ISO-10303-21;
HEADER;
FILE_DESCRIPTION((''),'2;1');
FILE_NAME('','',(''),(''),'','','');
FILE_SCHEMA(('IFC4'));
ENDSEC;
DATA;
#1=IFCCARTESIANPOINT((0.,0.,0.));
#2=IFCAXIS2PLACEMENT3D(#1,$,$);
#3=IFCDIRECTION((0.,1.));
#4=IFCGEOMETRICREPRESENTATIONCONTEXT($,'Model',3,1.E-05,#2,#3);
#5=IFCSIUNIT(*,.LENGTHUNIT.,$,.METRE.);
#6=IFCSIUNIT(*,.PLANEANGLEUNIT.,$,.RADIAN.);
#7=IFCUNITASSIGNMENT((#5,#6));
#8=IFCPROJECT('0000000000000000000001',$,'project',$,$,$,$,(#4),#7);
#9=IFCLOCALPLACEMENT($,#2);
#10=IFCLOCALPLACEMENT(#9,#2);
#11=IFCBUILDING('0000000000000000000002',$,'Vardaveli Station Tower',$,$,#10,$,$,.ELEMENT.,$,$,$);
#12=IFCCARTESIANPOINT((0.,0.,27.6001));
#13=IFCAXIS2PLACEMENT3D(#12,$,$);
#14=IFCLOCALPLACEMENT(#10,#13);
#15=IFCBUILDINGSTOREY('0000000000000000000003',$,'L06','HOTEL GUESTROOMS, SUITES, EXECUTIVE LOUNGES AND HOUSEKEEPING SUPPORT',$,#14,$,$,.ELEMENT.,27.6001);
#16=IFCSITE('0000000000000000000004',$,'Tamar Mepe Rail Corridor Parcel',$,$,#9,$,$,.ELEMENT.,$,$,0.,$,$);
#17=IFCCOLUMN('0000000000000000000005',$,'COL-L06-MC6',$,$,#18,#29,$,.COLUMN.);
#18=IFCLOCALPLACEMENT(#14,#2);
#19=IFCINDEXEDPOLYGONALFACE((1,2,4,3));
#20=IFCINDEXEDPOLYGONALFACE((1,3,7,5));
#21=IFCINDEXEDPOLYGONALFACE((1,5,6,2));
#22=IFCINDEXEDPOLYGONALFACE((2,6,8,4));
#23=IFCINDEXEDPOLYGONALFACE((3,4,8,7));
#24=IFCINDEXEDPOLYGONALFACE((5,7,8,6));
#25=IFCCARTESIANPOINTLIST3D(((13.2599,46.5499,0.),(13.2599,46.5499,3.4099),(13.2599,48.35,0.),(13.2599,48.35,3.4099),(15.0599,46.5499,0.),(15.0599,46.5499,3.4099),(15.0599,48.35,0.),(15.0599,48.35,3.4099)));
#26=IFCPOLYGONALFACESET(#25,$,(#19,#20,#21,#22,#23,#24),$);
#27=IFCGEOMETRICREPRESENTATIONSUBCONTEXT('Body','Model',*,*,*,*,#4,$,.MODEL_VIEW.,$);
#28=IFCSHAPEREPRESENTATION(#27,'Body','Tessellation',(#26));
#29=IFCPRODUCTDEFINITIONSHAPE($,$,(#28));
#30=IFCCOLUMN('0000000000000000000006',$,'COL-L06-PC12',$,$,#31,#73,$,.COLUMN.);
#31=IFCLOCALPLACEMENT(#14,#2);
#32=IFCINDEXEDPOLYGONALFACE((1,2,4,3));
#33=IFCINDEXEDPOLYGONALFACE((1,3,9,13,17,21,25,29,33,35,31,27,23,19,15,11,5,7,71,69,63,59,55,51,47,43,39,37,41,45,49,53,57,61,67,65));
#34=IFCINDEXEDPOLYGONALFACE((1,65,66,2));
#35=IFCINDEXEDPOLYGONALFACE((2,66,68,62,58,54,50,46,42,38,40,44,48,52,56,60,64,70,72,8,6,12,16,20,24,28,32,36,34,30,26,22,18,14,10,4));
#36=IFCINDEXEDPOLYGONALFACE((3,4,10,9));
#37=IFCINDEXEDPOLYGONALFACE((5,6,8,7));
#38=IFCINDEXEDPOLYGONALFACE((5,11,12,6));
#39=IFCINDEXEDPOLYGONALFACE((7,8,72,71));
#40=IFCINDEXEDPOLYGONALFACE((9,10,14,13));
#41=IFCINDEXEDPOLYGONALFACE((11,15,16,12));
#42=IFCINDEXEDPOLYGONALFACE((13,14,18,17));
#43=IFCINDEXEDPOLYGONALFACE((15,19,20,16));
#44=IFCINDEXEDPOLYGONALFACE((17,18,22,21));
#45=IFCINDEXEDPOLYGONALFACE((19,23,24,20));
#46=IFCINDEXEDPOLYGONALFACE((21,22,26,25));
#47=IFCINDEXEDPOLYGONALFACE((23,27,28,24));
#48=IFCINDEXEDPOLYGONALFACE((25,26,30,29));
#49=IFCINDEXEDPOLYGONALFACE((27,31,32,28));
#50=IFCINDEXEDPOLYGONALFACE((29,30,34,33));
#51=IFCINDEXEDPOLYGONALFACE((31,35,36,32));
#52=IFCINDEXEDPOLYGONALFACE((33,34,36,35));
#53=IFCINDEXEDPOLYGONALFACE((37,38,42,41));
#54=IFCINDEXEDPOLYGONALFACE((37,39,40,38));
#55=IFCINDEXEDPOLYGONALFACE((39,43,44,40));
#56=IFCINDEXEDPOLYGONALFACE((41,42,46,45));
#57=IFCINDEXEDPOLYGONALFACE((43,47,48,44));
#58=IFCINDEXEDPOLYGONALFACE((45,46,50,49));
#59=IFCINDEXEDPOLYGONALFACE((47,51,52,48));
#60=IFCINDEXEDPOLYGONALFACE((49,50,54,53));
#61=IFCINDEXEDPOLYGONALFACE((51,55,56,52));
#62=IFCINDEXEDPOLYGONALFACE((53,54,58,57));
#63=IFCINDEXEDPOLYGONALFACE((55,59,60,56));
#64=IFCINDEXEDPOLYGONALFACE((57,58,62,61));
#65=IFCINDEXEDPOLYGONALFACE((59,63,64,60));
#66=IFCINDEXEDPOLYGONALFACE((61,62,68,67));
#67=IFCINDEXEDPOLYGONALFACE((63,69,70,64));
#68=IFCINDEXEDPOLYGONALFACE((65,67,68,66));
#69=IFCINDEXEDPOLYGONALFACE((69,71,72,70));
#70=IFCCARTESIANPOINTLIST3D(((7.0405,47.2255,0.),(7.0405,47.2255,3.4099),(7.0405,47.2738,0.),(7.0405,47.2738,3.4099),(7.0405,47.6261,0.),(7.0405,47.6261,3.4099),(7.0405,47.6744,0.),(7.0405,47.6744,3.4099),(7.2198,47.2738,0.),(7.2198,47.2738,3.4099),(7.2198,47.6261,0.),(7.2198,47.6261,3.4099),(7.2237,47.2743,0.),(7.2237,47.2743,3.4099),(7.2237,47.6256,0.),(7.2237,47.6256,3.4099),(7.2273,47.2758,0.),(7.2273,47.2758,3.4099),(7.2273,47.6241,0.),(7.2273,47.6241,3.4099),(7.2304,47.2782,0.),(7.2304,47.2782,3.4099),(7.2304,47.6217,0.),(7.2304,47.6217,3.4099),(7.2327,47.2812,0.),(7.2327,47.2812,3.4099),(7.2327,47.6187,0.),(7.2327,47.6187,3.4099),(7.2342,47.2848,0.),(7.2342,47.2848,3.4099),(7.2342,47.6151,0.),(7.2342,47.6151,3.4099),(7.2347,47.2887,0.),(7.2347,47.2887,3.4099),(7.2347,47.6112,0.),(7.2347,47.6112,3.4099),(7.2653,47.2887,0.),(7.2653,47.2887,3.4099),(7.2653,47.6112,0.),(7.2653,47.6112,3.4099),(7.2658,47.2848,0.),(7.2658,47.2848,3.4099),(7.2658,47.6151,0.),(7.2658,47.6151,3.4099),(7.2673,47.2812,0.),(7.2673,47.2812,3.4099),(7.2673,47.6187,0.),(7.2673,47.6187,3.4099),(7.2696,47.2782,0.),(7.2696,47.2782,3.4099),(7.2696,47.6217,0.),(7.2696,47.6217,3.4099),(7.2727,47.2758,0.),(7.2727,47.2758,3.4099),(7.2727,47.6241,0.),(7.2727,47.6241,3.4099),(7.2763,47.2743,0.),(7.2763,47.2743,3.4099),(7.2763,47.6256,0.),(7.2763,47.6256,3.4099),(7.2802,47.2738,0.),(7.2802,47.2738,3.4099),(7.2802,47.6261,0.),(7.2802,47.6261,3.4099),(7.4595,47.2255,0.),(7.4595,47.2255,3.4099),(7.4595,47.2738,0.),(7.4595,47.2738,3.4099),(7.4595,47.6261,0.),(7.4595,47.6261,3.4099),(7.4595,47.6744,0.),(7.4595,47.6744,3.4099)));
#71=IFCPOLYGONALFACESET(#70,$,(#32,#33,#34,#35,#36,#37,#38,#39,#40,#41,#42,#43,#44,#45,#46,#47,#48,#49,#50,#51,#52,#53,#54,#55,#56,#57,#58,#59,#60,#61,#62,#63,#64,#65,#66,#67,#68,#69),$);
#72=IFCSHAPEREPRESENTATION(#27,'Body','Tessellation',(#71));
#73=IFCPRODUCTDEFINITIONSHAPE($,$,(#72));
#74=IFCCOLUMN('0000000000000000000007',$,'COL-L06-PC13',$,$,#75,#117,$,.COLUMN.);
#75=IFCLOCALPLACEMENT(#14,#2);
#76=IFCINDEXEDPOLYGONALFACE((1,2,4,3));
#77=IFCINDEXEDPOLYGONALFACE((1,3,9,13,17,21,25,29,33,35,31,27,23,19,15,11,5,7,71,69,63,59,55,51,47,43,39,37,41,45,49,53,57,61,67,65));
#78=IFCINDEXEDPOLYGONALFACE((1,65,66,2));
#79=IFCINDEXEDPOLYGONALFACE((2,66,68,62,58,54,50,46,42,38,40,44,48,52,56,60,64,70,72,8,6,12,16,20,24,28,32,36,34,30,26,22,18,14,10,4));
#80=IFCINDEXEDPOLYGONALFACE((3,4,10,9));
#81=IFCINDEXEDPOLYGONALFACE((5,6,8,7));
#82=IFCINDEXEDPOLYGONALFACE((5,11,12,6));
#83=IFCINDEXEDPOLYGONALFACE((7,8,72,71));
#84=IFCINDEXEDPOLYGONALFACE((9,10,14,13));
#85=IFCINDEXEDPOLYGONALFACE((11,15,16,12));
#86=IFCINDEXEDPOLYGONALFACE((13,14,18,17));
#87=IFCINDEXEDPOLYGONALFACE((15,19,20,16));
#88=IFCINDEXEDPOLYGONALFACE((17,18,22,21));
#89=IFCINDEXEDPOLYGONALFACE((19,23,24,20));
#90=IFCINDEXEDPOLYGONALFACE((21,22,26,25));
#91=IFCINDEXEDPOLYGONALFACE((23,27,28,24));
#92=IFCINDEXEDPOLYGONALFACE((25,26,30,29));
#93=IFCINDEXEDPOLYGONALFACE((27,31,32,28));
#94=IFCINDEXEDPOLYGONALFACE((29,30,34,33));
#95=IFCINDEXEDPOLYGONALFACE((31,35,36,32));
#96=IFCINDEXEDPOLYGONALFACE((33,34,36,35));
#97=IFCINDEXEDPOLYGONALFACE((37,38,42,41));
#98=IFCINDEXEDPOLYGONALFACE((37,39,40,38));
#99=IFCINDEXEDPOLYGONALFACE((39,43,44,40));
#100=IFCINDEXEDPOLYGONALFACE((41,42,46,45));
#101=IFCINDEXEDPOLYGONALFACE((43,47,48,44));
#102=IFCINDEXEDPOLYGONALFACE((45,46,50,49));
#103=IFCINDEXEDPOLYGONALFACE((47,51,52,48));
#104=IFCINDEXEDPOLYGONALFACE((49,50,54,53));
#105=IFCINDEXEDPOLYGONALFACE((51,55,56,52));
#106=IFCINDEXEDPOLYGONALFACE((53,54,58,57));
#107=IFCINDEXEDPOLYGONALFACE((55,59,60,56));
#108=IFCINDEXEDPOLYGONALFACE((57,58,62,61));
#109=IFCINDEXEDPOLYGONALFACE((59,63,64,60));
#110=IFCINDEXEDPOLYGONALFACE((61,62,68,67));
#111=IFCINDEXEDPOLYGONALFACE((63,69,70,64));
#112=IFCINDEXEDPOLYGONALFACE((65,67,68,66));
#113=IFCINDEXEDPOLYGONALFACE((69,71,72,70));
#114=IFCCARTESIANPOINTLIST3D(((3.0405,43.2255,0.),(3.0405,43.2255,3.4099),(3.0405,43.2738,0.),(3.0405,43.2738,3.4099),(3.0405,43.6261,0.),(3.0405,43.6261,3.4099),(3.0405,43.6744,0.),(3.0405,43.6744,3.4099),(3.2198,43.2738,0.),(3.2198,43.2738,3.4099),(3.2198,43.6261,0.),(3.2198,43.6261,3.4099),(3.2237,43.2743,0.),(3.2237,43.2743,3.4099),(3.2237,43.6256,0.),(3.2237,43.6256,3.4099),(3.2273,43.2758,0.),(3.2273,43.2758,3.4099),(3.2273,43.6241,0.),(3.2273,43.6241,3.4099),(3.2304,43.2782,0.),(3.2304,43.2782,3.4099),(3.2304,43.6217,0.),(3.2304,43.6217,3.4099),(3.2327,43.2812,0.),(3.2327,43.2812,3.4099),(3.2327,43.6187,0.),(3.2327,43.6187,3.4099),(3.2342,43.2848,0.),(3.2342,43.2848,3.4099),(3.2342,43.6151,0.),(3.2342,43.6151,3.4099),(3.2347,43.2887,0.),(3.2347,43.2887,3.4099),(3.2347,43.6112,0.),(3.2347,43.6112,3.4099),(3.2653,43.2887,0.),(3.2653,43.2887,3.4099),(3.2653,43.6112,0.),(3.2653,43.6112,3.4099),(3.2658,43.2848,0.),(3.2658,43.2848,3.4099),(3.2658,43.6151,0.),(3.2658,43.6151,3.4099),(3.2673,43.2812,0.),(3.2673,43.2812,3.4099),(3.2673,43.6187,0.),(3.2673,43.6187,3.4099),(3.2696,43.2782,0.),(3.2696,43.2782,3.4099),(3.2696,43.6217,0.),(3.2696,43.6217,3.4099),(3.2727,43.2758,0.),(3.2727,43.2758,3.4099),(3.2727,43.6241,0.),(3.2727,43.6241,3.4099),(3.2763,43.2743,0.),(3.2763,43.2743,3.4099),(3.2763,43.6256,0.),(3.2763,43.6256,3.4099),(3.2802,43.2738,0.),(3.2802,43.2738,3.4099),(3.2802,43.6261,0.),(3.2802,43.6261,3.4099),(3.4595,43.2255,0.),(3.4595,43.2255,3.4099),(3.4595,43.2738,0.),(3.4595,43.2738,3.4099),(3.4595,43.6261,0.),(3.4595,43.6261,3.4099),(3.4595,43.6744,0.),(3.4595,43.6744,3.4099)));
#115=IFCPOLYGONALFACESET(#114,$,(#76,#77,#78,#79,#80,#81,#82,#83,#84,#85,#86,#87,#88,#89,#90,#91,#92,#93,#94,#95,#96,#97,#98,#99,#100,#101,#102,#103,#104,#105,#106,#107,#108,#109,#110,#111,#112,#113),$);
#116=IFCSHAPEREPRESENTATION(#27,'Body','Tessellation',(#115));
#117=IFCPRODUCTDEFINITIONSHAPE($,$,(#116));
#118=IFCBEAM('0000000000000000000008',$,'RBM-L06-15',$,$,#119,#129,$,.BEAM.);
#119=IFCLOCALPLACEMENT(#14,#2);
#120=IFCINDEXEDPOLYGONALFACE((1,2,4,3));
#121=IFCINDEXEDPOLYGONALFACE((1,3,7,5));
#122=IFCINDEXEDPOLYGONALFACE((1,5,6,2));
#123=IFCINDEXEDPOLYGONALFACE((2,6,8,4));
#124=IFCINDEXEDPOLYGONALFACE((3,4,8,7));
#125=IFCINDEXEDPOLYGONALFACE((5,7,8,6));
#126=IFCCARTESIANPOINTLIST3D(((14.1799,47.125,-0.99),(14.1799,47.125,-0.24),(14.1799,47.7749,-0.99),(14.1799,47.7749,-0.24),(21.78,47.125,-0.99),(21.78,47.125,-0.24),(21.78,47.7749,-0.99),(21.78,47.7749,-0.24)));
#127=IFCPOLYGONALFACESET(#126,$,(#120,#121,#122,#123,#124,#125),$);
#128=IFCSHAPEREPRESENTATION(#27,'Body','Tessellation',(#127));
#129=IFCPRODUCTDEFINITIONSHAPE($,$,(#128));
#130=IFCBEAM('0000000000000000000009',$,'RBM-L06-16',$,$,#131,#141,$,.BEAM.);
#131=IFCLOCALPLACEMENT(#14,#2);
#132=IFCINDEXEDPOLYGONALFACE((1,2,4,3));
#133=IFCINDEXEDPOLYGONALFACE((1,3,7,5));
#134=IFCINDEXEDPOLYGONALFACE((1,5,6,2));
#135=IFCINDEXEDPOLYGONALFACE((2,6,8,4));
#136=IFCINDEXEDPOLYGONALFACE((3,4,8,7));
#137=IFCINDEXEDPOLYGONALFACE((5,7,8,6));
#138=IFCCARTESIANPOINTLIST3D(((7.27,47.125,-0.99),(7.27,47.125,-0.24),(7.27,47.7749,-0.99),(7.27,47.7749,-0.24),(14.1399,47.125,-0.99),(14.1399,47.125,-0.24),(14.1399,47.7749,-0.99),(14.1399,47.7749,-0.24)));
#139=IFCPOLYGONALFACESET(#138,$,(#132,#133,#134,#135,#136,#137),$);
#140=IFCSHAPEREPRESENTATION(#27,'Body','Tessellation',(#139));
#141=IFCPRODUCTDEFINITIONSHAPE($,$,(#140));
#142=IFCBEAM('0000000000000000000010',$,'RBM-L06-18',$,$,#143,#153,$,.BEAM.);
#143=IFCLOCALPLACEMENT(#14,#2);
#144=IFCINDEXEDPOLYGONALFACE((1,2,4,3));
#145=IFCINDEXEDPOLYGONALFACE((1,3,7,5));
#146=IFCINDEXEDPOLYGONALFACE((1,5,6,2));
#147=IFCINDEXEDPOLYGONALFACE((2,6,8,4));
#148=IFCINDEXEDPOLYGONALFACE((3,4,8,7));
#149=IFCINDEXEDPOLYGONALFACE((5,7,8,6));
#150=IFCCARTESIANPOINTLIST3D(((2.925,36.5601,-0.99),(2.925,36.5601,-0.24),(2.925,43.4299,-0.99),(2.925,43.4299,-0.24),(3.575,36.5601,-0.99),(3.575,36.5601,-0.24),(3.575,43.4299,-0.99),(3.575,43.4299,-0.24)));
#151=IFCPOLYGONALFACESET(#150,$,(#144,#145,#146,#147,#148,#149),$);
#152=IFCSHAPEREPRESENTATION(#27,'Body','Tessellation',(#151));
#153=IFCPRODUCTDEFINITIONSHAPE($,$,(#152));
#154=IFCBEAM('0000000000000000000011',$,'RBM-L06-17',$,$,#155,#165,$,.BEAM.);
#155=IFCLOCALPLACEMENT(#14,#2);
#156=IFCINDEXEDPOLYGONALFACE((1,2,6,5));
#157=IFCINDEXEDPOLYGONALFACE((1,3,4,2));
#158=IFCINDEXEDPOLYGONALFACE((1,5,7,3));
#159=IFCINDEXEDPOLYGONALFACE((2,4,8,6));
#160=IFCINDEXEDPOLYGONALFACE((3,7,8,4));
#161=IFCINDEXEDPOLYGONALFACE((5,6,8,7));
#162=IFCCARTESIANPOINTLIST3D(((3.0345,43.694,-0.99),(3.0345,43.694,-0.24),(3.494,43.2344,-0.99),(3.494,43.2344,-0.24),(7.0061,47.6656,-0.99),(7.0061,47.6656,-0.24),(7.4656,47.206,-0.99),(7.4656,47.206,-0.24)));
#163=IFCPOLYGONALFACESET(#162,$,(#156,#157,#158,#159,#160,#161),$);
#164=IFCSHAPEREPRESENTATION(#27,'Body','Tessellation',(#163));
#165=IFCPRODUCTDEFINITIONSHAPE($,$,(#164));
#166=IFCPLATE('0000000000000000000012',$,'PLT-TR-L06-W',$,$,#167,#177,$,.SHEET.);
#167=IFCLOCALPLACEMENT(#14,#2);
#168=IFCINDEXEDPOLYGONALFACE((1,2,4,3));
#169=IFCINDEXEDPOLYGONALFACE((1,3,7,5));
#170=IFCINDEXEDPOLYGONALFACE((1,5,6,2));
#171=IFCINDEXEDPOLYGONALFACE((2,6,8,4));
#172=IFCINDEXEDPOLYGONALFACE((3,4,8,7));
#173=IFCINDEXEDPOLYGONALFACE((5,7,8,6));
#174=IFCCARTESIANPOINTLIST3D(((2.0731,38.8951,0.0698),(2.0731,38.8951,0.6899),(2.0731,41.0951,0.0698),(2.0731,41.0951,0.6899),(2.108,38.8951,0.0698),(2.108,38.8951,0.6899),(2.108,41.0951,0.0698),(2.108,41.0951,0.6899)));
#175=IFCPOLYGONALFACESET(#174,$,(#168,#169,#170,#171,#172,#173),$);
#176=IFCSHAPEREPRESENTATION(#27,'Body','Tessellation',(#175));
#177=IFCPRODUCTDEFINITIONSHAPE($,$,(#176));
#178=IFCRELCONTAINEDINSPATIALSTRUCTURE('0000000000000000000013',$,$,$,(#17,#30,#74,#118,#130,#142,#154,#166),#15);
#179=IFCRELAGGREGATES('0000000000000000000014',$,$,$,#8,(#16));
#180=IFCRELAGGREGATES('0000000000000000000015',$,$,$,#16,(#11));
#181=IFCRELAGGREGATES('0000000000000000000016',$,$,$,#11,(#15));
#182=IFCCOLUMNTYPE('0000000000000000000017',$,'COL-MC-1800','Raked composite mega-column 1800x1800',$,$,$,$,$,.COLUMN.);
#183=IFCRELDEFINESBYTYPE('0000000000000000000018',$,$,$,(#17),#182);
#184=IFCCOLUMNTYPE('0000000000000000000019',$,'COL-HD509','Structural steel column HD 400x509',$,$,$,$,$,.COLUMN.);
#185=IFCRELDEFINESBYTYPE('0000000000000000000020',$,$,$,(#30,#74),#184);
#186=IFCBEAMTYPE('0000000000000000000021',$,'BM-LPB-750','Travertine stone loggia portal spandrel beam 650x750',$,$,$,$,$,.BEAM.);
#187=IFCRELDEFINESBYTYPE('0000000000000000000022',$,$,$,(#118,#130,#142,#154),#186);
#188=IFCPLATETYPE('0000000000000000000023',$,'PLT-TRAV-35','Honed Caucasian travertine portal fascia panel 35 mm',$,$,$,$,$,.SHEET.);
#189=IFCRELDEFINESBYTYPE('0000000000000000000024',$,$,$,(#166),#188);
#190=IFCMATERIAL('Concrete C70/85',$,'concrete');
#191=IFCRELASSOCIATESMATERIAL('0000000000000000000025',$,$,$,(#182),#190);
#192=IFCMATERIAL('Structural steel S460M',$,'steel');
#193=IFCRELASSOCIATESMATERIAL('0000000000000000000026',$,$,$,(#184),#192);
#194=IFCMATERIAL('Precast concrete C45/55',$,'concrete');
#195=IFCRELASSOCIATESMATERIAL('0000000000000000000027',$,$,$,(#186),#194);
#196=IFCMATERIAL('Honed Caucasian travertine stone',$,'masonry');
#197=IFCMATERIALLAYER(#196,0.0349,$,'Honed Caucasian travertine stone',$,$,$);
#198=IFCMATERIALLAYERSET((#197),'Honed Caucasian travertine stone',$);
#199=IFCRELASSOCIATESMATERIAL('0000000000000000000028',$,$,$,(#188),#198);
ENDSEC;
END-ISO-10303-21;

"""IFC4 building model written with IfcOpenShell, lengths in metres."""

from ifc_helpers import new_model, si_unit, direction, frame, origin, origin_2d, place, context, subcontext, project, spatial, rectangle, i_section, extrude, source, transform, mapped, material, layer, layer_set, material_profile, profile_set, type_object, element, save


model = new_model("IFC4")

# Units and contexts
model_context = context("Model", 3, precision=1e-05, world=origin(), true_north=direction((0.0, 1.0)))
body_context = subcontext(model_context, "Body", "Model", "MODEL_VIEW")
ifc_project = project(units=[si_unit("LENGTHUNIT", "METRE"), si_unit("PLANEANGLEUNIT", "RADIAN")], contexts=[model_context])

# Site, building, storey
site_placement = place(None, origin())
site = spatial("IfcSite", under=ifc_project, at=site_placement, Name="Tamar Mepe Rail Corridor Parcel", CompositionType="ELEMENT", RefElevation=0.0)
building_placement = place(site_placement, origin())
building = spatial("IfcBuilding", under=site, at=building_placement, Name="Vardaveli Station Tower", CompositionType="ELEMENT")
storey_placement = place(building_placement, frame((0.0, 0.0, 27.6001)))
storey = spatial("IfcBuildingStorey", under=building, at=storey_placement, Name="L06", Description="HOTEL GUESTROOMS, SUITES, EXECUTIVE LOUNGES AND HOUSEKEEPING SUPPORT", CompositionType="ELEMENT", Elevation=27.6001)

# Columns
ifc_material_1 = material(Name="Concrete C70/85", Category="concrete")
ifc_material_profile_1 = material_profile(ifc_material_1, rectangle(XDim=1.8, YDim=1.8, at=origin_2d()), Name="MC 1800x1800")
ifc_profile_set_1 = profile_set([ifc_material_profile_1], Name="Concrete C70/85")
column_type_1 = type_object("IfcColumnType", Name="COL-MC-1800", Description="Raked composite mega-column 1800x1800", PredefinedType="COLUMN", material=ifc_profile_set_1)
shared_shape_1 = source(origin(), body_context, "Body", "SweptSolid", [
    extrude(rectangle(XDim=1.8, YDim=1.8, at=origin_2d()), origin(), (0.0, 0.0, 1.0), 3.4099),
])
column_placement = place(storey_placement, frame((14.1599, 47.45, 0.0), z_axis=(0.0, 0.0, 1.0), x_axis=(1.0, 0.0, 0.0)))
element("IfcColumn", 1, at=column_placement, inside=storey, type_object=column_type_1, Name="COL-L06-MC6", PredefinedType="COLUMN", context=body_context, shape_type="MappedRepresentation", body=[
    mapped(shared_shape_1, transform((0.0, 0.0, 0.0), scale=1.0)),
])
ifc_material_2 = material(Name="Structural steel S460M", Category="steel")
ifc_material_profile_2 = material_profile(ifc_material_2, i_section(OverallWidth=0.4189, OverallDepth=0.449, WebThickness=0.0305, FlangeThickness=0.0483, FilletRadius=0.0149, at=origin_2d()), Name="HD 400x509")
ifc_profile_set_2 = profile_set([ifc_material_profile_2], Name="Structural steel S460M")
column_type_2 = type_object("IfcColumnType", Name="COL-HD509", Description="Structural steel column HD 400x509", PredefinedType="COLUMN", material=ifc_profile_set_2)
shared_shape_2 = source(origin(), body_context, "Body", "SweptSolid", [
    extrude(i_section(OverallWidth=0.4189, OverallDepth=0.449, WebThickness=0.0305, FlangeThickness=0.0483, FilletRadius=0.0149, at=origin_2d()), origin(), (0.0, 0.0, 1.0), 3.4099),
])
for number, where, z_axis, x_axis, name in (
    (2, (7.25, 47.45, 0.0), (0.0, 0.0, 1.0), (1.0, 0.0, 0.0), "COL-L06-PC12"),
    (3, (3.25, 43.45, 0.0), (0.0, 0.0, 1.0), (1.0, 0.0, 0.0), "COL-L06-PC13"),
):
    element("IfcColumn", number, at=place(storey_placement, frame(where, z_axis=z_axis, x_axis=x_axis)), inside=storey, type_object=column_type_2, Name=name, PredefinedType="COLUMN", context=body_context, shape_type="MappedRepresentation", body=[
        mapped(shared_shape_2, transform((0.0, 0.0, 0.0), scale=1.0)),
    ])

# Beams
ifc_material_3 = material(Name="Precast concrete C45/55", Category="concrete")
ifc_material_profile_3 = material_profile(ifc_material_3, rectangle(XDim=0.6499, YDim=0.75, at=origin_2d()), Name="LPB 650x750")
ifc_profile_set_3 = profile_set([ifc_material_profile_3], Name="Precast concrete C45/55")
beam_type = type_object("IfcBeamType", Name="BM-LPB-750", Description="Travertine stone loggia portal spandrel beam 650x750", PredefinedType="BEAM", material=ifc_profile_set_3)
shared_shape_3 = source(origin(), body_context, "Body", "SweptSolid", [
    extrude(rectangle(XDim=0.6499, YDim=0.75, at=origin_2d()), origin(), (0.0, 0.0, 1.0), 7.6001),
])
beam_1_placement = place(storey_placement, frame((21.78, 47.45, -0.615), z_axis=(-1.0, 0.0, 0.0), x_axis=(0.0, -1.0, 0.0)))
element("IfcBeam", 4, at=beam_1_placement, inside=storey, type_object=beam_type, Name="RBM-L06-15", PredefinedType="BEAM", context=body_context, shape_type="MappedRepresentation", body=[
    mapped(shared_shape_3, transform((0.0, 0.0, 0.0), scale=1.0)),
])
shared_shape_4 = source(origin(), body_context, "Body", "SweptSolid", [
    extrude(rectangle(XDim=0.6499, YDim=0.75, at=origin_2d()), origin(), (0.0, 0.0, 1.0), 6.8699),
])
for number, where, z_axis, x_axis, name in (
    (5, (14.1399, 47.45, -0.615), (-1.0, 0.0, 0.0), (0.0, -1.0, 0.0), "RBM-L06-16"),
    (6, (3.25, 43.4299, -0.615), (0.0, -1.0, 0.0), (1.0, 0.0, 0.0), "RBM-L06-18"),
):
    element("IfcBeam", number, at=place(storey_placement, frame(where, z_axis=z_axis, x_axis=x_axis)), inside=storey, type_object=beam_type, Name=name, PredefinedType="BEAM", context=body_context, shape_type="MappedRepresentation", body=[
        mapped(shared_shape_4, transform((0.0, 0.0, 0.0), scale=1.0)),
    ])
shared_shape_5 = source(origin(), body_context, "Body", "SweptSolid", [
    extrude(rectangle(XDim=0.6499, YDim=0.75, at=origin_2d()), origin(), (0.0, 0.0, 1.0), 5.6167),
])
beam_2_placement = place(storey_placement, frame((7.2358, 47.4358, -0.615), z_axis=(-0.707107, -0.707107, 0.0), x_axis=(0.707107, -0.707107, 0.0)))
element("IfcBeam", 7, at=beam_2_placement, inside=storey, type_object=beam_type, Name="RBM-L06-17", PredefinedType="BEAM", context=body_context, shape_type="MappedRepresentation", body=[
    mapped(shared_shape_5, transform((0.0, 0.0, 0.0), scale=1.0)),
])

# Plate
ifc_material_4 = material(Name="Honed Caucasian travertine stone", Category="masonry")
ifc_layer_1 = layer(ifc_material_4, 0.0349, Name="Honed Caucasian travertine stone")
ifc_layer_set_1 = layer_set([ifc_layer_1], Name="Honed Caucasian travertine stone")
plate_type = type_object("IfcPlateType", Name="PLT-TRAV-35", Description="Honed Caucasian travertine portal fascia panel 35 mm", PredefinedType="SHEET", material=ifc_layer_set_1)
shared_shape_6 = source(origin(), body_context, "Body", "SweptSolid", [
    extrude(rectangle(XDim=2.2, YDim=0.0349, at=origin_2d()), origin(), (0.0, 0.0, 1.0), 0.6201),
])
plate_placement = place(storey_placement, frame((2.0906, 39.9951, 0.0698), z_axis=(0.0, 0.0, 1.0), x_axis=(0.0, 1.0, 0.0)))
element("IfcPlate", 8, at=plate_placement, inside=storey, type_object=plate_type, Name="PLT-TR-L06-W", PredefinedType="SHEET", context=body_context, shape_type="MappedRepresentation", body=[
    mapped(shared_shape_6, transform((0.0, 0.0, 0.0), scale=1.0)),
])

save(model, "model.ifc")
